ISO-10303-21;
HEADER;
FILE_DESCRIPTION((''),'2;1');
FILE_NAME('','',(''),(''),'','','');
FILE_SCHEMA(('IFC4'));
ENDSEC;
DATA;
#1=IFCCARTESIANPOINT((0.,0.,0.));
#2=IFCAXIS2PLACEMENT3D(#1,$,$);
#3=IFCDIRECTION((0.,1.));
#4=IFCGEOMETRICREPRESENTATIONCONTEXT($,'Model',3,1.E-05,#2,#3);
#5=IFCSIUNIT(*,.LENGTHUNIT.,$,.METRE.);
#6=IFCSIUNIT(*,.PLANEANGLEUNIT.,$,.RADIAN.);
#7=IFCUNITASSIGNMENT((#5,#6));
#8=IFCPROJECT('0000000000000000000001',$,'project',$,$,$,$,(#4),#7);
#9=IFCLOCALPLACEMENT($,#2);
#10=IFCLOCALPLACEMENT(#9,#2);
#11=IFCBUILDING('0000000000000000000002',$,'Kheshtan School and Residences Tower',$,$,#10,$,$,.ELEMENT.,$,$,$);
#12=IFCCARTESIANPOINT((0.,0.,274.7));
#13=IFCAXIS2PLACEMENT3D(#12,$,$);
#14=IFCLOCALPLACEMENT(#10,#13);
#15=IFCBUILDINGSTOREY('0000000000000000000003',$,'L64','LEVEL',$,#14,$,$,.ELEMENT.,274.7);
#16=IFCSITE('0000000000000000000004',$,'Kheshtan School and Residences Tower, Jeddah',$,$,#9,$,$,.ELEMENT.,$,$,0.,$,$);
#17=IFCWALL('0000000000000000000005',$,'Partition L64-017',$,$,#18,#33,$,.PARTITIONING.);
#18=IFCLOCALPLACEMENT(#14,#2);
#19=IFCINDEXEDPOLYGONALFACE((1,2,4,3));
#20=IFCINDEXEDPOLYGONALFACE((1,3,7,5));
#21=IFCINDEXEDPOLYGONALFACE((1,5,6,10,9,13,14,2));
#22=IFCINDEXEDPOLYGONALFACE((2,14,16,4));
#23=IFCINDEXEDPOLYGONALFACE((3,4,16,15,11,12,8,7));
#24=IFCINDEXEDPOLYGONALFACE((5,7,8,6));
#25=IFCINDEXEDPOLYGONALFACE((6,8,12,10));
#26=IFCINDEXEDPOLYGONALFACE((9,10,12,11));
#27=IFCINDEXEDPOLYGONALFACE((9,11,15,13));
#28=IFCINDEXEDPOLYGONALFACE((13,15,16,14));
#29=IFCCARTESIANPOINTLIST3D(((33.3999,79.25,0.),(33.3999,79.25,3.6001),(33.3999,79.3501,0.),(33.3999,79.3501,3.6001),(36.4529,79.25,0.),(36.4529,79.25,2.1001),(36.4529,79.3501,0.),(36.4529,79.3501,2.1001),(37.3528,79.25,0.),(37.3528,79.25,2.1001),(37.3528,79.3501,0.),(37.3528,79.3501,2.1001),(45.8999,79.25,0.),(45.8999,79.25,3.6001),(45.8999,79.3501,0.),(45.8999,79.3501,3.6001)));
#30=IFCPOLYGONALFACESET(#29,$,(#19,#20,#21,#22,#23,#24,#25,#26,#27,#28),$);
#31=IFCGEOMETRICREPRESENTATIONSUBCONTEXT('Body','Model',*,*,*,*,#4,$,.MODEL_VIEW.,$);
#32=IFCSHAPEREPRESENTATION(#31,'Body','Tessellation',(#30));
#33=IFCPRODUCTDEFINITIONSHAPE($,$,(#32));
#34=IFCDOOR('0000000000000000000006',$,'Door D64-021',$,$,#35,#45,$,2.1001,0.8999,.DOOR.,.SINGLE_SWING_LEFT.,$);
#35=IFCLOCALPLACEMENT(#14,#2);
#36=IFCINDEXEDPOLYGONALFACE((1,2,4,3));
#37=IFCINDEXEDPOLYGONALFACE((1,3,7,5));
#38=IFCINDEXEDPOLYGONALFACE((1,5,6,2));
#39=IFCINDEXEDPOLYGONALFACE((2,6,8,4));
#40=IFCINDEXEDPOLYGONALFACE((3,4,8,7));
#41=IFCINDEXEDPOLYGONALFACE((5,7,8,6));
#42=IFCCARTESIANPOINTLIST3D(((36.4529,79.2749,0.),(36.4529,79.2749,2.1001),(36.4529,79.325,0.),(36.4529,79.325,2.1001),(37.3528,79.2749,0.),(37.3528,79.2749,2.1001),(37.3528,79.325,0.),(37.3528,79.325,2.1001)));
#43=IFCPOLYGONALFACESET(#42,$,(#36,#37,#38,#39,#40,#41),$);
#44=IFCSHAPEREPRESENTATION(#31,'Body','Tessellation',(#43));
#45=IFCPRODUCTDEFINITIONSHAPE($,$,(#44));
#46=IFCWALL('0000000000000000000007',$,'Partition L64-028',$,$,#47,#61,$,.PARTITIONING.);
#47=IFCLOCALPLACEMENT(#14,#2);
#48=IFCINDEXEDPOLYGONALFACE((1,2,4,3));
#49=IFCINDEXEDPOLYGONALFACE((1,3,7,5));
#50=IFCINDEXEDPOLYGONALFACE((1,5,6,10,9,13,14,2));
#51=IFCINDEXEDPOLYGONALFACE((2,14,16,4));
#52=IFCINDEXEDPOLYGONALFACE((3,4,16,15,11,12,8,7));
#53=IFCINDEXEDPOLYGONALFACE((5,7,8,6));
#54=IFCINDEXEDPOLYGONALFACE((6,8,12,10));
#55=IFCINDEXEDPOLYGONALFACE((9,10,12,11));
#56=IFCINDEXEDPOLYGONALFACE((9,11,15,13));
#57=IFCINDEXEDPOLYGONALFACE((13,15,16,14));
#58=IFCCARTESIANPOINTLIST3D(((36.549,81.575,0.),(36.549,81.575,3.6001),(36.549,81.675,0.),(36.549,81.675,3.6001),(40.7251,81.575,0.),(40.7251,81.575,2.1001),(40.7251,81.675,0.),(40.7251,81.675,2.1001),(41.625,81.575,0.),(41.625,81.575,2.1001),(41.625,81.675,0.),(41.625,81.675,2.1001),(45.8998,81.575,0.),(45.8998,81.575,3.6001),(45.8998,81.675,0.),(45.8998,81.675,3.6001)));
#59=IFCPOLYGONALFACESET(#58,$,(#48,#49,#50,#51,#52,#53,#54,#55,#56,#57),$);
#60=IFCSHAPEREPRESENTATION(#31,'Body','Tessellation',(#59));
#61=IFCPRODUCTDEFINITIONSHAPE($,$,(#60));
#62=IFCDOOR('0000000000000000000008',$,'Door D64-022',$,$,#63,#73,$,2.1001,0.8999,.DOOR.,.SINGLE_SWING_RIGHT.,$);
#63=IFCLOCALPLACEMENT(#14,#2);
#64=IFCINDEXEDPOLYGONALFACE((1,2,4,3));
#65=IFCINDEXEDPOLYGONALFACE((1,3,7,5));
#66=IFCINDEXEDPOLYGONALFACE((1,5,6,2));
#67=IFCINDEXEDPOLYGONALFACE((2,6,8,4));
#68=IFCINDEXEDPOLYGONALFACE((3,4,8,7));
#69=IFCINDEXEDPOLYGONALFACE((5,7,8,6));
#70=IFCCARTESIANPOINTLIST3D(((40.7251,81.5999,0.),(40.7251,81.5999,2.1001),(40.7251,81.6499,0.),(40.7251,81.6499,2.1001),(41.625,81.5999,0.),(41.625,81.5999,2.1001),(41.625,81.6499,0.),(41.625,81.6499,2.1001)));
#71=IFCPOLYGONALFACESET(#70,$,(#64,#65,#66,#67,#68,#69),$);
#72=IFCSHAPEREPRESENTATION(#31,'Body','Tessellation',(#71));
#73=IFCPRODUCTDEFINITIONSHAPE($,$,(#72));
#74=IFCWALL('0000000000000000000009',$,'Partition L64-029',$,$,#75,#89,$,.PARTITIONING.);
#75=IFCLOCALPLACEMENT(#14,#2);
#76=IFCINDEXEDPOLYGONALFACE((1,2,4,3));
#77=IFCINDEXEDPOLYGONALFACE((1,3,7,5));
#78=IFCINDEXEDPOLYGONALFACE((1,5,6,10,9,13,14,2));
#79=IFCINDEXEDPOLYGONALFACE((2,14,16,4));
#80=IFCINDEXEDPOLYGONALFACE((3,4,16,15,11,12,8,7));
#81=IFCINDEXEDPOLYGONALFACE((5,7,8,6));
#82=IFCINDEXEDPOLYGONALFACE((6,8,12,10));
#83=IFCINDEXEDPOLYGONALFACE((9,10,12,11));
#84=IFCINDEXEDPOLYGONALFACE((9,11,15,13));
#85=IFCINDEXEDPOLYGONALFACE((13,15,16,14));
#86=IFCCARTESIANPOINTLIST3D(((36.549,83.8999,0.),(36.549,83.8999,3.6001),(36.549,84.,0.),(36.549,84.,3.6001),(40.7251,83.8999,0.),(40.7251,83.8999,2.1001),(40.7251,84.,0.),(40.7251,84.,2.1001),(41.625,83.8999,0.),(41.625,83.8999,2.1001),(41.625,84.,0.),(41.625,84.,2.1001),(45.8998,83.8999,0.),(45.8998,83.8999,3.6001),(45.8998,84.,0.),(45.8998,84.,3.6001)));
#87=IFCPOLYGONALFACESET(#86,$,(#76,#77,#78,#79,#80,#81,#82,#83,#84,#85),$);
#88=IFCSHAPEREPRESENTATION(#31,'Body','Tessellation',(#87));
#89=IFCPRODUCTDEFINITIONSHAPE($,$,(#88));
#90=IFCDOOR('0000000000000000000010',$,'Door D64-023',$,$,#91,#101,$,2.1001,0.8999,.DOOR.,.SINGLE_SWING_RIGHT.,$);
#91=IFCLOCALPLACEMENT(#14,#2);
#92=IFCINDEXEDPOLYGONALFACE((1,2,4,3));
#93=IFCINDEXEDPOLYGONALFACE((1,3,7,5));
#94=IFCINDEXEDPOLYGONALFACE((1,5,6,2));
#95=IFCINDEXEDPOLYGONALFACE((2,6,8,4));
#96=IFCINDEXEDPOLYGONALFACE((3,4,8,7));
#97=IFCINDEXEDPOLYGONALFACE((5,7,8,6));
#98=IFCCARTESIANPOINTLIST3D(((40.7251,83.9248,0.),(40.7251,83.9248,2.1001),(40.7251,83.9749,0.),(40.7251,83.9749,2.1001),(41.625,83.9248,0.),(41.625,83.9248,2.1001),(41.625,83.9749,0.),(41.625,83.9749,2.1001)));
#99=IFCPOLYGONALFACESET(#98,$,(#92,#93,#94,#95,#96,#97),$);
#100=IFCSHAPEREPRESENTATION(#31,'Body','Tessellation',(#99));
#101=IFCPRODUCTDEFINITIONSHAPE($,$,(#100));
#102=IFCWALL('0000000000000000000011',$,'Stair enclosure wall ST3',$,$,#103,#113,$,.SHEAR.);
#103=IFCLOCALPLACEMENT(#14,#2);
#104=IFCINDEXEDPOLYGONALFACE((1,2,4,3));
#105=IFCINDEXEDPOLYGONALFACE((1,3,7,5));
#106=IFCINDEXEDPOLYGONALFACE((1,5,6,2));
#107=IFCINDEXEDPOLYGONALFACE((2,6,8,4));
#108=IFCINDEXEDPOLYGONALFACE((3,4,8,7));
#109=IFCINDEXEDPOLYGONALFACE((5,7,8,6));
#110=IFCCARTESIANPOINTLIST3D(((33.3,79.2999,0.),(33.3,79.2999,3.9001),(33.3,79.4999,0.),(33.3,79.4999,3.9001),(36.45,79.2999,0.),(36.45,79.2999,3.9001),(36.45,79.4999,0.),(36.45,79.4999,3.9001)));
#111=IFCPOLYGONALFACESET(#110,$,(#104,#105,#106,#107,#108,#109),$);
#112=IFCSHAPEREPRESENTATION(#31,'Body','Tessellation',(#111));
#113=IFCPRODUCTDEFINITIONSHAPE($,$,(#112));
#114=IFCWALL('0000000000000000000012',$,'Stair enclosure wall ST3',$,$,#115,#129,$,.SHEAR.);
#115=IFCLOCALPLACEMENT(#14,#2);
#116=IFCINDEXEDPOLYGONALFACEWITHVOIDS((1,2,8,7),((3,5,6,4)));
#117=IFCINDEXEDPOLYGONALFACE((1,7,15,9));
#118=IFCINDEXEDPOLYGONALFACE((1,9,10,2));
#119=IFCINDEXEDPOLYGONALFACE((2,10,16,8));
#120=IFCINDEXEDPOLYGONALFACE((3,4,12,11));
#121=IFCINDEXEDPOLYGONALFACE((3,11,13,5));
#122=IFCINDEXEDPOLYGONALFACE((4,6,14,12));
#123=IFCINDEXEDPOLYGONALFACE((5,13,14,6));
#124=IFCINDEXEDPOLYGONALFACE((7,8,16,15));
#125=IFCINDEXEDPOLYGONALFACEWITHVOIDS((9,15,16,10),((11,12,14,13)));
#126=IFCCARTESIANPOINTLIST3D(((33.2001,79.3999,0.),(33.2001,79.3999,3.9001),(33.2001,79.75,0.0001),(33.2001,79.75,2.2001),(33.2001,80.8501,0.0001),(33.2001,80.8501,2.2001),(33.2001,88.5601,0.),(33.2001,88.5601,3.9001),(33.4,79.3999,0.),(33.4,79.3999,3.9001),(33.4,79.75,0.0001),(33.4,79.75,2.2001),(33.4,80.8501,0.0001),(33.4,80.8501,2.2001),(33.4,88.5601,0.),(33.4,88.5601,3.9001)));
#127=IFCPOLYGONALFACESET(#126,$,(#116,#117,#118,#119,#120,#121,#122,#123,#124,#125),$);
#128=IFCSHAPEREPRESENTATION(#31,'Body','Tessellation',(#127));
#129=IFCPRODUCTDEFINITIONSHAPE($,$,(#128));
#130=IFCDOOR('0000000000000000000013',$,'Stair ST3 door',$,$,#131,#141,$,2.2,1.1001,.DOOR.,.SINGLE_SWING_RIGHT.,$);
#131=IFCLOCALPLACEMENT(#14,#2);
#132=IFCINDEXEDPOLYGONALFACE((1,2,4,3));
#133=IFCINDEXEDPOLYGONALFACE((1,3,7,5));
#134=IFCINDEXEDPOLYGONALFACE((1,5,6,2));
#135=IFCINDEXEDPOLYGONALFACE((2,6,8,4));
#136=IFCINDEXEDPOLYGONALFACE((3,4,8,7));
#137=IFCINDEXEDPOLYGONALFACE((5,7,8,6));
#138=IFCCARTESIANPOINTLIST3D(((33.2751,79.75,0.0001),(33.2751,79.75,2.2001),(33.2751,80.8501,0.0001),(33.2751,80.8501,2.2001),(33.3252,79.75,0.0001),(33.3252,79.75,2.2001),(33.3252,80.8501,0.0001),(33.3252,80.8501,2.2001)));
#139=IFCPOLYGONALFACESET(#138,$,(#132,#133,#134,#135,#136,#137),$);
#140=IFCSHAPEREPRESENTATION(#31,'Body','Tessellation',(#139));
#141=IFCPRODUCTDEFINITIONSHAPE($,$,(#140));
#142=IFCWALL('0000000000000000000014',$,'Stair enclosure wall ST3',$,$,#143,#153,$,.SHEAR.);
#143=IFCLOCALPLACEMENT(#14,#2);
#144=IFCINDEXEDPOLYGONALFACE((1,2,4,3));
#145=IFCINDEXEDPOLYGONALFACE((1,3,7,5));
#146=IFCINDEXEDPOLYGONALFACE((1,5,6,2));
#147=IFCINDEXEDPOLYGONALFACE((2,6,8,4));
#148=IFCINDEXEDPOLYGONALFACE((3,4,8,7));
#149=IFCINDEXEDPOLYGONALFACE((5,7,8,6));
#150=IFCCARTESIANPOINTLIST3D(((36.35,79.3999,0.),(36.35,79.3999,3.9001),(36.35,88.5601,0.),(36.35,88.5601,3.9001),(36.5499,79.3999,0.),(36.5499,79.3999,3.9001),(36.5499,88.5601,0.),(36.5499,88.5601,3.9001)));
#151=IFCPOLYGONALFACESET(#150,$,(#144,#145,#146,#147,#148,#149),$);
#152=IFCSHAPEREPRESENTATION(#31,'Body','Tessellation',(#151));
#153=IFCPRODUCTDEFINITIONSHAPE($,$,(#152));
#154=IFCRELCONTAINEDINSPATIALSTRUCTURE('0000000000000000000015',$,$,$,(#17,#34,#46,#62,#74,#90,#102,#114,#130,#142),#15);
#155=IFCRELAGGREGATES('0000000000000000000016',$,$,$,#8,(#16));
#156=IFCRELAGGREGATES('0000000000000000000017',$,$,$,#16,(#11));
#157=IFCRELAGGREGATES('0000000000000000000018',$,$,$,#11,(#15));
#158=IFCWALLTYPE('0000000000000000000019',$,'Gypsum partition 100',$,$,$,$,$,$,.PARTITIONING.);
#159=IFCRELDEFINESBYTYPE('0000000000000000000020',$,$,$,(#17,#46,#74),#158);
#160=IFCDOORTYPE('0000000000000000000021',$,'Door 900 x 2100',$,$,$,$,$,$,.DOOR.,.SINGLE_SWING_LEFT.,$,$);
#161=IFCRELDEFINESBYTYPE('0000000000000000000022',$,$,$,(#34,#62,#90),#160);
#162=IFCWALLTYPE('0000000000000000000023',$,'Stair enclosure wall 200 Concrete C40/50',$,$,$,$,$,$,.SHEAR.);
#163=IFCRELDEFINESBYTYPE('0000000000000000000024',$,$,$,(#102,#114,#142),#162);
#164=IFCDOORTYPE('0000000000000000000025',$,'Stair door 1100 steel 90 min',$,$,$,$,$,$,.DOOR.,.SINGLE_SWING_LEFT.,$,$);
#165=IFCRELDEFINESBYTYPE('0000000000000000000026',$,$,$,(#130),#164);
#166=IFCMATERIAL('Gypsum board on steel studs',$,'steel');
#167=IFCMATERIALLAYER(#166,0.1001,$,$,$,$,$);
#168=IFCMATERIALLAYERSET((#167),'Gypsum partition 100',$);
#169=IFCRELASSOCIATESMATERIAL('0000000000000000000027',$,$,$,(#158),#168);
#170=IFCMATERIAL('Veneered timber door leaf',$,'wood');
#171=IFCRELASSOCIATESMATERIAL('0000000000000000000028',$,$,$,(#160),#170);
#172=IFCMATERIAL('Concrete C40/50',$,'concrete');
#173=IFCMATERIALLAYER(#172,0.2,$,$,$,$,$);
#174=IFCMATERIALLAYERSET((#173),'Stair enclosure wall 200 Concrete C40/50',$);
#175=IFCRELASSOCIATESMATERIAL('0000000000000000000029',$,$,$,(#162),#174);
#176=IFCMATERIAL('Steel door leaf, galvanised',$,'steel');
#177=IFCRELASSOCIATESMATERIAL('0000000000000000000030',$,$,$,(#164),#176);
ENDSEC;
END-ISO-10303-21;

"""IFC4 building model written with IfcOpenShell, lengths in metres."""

from ifc_helpers import new_model, si_unit, direction, frame, frame_2d, origin, place, context, subcontext, project, spatial, rectangle, extrude, source, transform, mapped, material, layer, layer_set, type_object, element, fill, save


model = new_model("IFC4")

# Units and contexts
model_context = context("Model", 3, precision=1e-05, world=origin(), true_north=direction((0.0, 1.0)))
body_context = subcontext(model_context, "Body", "Model", "MODEL_VIEW")
ifc_project = project(units=[si_unit("LENGTHUNIT", "METRE"), si_unit("PLANEANGLEUNIT", "RADIAN")], contexts=[model_context])

# Site, building, storey
site_placement = place(None, origin())
site = spatial("IfcSite", under=ifc_project, at=site_placement, Name="Kheshtan School and Residences Tower, Jeddah", CompositionType="ELEMENT", RefElevation=0.0)
building_placement = place(site_placement, origin())
building = spatial("IfcBuilding", under=site, at=building_placement, Name="Kheshtan School and Residences Tower", CompositionType="ELEMENT")
storey_placement = place(building_placement, frame((0.0, 0.0, 274.7)))
storey = spatial("IfcBuildingStorey", under=building, at=storey_placement, Name="L64", Description="LEVEL", CompositionType="ELEMENT", Elevation=274.7)

# Walls, openings, doors
ifc_material_1 = material(Name="Gypsum board on steel studs", Category="steel")
ifc_layer_1 = layer(ifc_material_1, 0.1001)
ifc_layer_set_1 = layer_set([ifc_layer_1], Name="Gypsum partition 100")
wall_type_1 = type_object("IfcWallType", Name="Gypsum partition 100", PredefinedType="PARTITIONING", material=ifc_layer_set_1)
wall_1_placement = place(storey_placement, frame((33.3999, 79.3, 0.0), z_axis=(0.0, 0.0, 1.0), x_axis=(1.0, 0.0, 0.0)))
wall_1 = element("IfcWall", 1, at=wall_1_placement, inside=storey, type_object=wall_type_1, Name="Partition L64-017", PredefinedType="PARTITIONING", context=body_context, shape_type="SweptSolid", body=[
    extrude(rectangle(XDim=12.5, YDim=0.1001, at=frame_2d((6.25, 0.0))), origin(), (0.0, 0.0, 1.0), 3.6001),
])
opening_1_placement = place(wall_1_placement, frame((3.053, 0.0, 0.0)))
opening_1 = element("IfcOpeningElement", 2, at=opening_1_placement, cuts=wall_1, PredefinedType="OPENING", context=body_context, shape_type="SweptSolid", body=[
    extrude(rectangle(XDim=0.8999, YDim=2.1001, at=frame_2d((0.45, 1.05))), frame((0.0, 0.0601, 0.0), z_axis=(0.0, -1.0, 0.0), x_axis=(1.0, 0.0, 0.0)), (0.0, 0.0, 1.0), 0.1201),
])
ifc_material_2 = material(Name="Veneered timber door leaf", Category="wood")
door_type_1 = type_object("IfcDoorType", Name="Door 900 x 2100", OperationType="SINGLE_SWING_LEFT", PredefinedType="DOOR", material=ifc_material_2)
shared_shape_1 = source(origin(), body_context, "Body", "SweptSolid", [
    extrude(rectangle(XDim=0.8999, YDim=2.1001, at=frame_2d((0.45, 1.05))), frame((0.0, 0.0249, 0.0), z_axis=(0.0, -1.0, 0.0), x_axis=(1.0, 0.0, 0.0)), (0.0, 0.0, 1.0), 0.05),
])
door_1_placement = place(opening_1_placement, origin())
door_1 = element("IfcDoor", 3, at=door_1_placement, inside=storey, type_object=door_type_1, Name="Door D64-021", OperationType="SINGLE_SWING_LEFT", OverallHeight=2.1001, OverallWidth=0.8999, PredefinedType="DOOR", context=body_context, shape_type="MappedRepresentation", body=[
    mapped(shared_shape_1, transform((0.0, 0.0, 0.0), x_axis=(1.0, 0.0, 0.0), y_axis=(0.0, 1.0, 0.0), z_axis=(0.0, 0.0, 1.0), scale=1.0)),
])
fill(opening_1, door_1)
wall_2_placement = place(storey_placement, frame((36.5491, 81.625, 0.0), z_axis=(0.0, 0.0, 1.0), x_axis=(1.0, 0.0, 0.0)))
wall_2 = element("IfcWall", 4, at=wall_2_placement, inside=storey, type_object=wall_type_1, Name="Partition L64-028", PredefinedType="PARTITIONING", context=body_context, shape_type="SweptSolid", body=[
    extrude(rectangle(XDim=9.3508, YDim=0.1001, at=frame_2d((4.6753, 0.0))), origin(), (0.0, 0.0, 1.0), 3.6001),
])
opening_2_placement = place(wall_2_placement, frame((4.176, 0.0, 0.0)))
opening_2 = element("IfcOpeningElement", 5, at=opening_2_placement, cuts=wall_2, PredefinedType="OPENING", context=body_context, shape_type="SweptSolid", body=[
    extrude(rectangle(XDim=0.8999, YDim=2.1001, at=frame_2d((0.45, 1.05))), frame((0.0, 0.0601, 0.0), z_axis=(0.0, -1.0, 0.0), x_axis=(1.0, 0.0, 0.0)), (0.0, 0.0, 1.0), 0.1201),
])
door_2_placement = place(opening_2_placement, origin())
door_2 = element("IfcDoor", 6, at=door_2_placement, inside=storey, type_object=door_type_1, Name="Door D64-022", OperationType="SINGLE_SWING_RIGHT", OverallHeight=2.1001, OverallWidth=0.8999, PredefinedType="DOOR", context=body_context, shape_type="MappedRepresentation", body=[
    mapped(shared_shape_1, transform((0.0, 0.0, 0.0), x_axis=(1.0, 0.0, 0.0), y_axis=(0.0, 1.0, 0.0), z_axis=(0.0, 0.0, 1.0), scale=1.0)),
])
fill(opening_2, door_2)
wall_3_placement = place(storey_placement, frame((36.5491, 83.95, 0.0), z_axis=(0.0, 0.0, 1.0), x_axis=(1.0, 0.0, 0.0)))
wall_3 = element("IfcWall", 7, at=wall_3_placement, inside=storey, type_object=wall_type_1, Name="Partition L64-029", PredefinedType="PARTITIONING", context=body_context, shape_type="SweptSolid", body=[
    extrude(rectangle(XDim=9.3508, YDim=0.1001, at=frame_2d((4.6753, 0.0))), origin(), (0.0, 0.0, 1.0), 3.6001),
])
opening_3_placement = place(wall_3_placement, frame((4.176, 0.0, 0.0)))
opening_3 = element("IfcOpeningElement", 8, at=opening_3_placement, cuts=wall_3, PredefinedType="OPENING", context=body_context, shape_type="SweptSolid", body=[
    extrude(rectangle(XDim=0.8999, YDim=2.1001, at=frame_2d((0.45, 1.05))), frame((0.0, 0.0601, 0.0), z_axis=(0.0, -1.0, 0.0), x_axis=(1.0, 0.0, 0.0)), (0.0, 0.0, 1.0), 0.1201),
])
door_3_placement = place(opening_3_placement, origin())
door_3 = element("IfcDoor", 9, at=door_3_placement, inside=storey, type_object=door_type_1, Name="Door D64-023", OperationType="SINGLE_SWING_RIGHT", OverallHeight=2.1001, OverallWidth=0.8999, PredefinedType="DOOR", context=body_context, shape_type="MappedRepresentation", body=[
    mapped(shared_shape_1, transform((0.0, 0.0, 0.0), x_axis=(1.0, 0.0, 0.0), y_axis=(0.0, 1.0, 0.0), z_axis=(0.0, 0.0, 1.0), scale=1.0)),
])
fill(opening_3, door_3)

# Wall
ifc_material_3 = material(Name="Concrete C40/50", Category="concrete")
ifc_layer_2 = layer(ifc_material_3, 0.2)
ifc_layer_set_2 = layer_set([ifc_layer_2], Name="Stair enclosure wall 200 Concrete C40/50")
wall_type_2 = type_object("IfcWallType", Name="Stair enclosure wall 200 Concrete C40/50", PredefinedType="SHEAR", material=ifc_layer_set_2)
wall_4_placement = place(storey_placement, frame((33.3, 79.3999, 0.0), z_axis=(0.0, 0.0, 1.0), x_axis=(1.0, 0.0, 0.0)))
element("IfcWall", 10, at=wall_4_placement, inside=storey, type_object=wall_type_2, Name="Stair enclosure wall ST3", PredefinedType="SHEAR", context=body_context, shape_type="SweptSolid", body=[
    extrude(rectangle(XDim=3.1499, YDim=0.2, at=frame_2d((1.575, 0.0))), origin(), (0.0, 0.0, 1.0), 3.9001),
])

# Wall, opening, door
wall_5_placement = place(storey_placement, frame((33.3, 79.3999, 0.0), z_axis=(0.0, 0.0, 1.0), x_axis=(0.0, 1.0, 0.0)))
wall_5 = element("IfcWall", 11, at=wall_5_placement, inside=storey, type_object=wall_type_2, Name="Stair enclosure wall ST3", PredefinedType="SHEAR", context=body_context, shape_type="SweptSolid", body=[
    extrude(rectangle(XDim=9.1602, YDim=0.2, at=frame_2d((4.5801, 0.0))), origin(), (0.0, 0.0, 1.0), 3.9001),
])
opening_4_placement = place(wall_5_placement, frame((0.3501, 0.0, 0.0)))
opening_4 = element("IfcOpeningElement", 12, at=opening_4_placement, cuts=wall_5, PredefinedType="OPENING", context=body_context, shape_type="SweptSolid", body=[
    extrude(rectangle(XDim=1.1001, YDim=2.2, at=frame_2d((0.55, 1.1001))), frame((0.0, 0.1099, 0.0), z_axis=(0.0, -1.0, 0.0), x_axis=(1.0, 0.0, 0.0)), (0.0, 0.0, 1.0), 0.22),
])
ifc_material_4 = material(Name="Steel door leaf, galvanised", Category="steel")
door_type_2 = type_object("IfcDoorType", Name="Stair door 1100 steel 90 min", OperationType="SINGLE_SWING_LEFT", PredefinedType="DOOR", material=ifc_material_4)
shared_shape_2 = source(origin(), body_context, "Body", "SweptSolid", [
    extrude(rectangle(XDim=1.1001, YDim=2.2, at=frame_2d((0.55, 1.1001))), frame((0.0, 0.0249, 0.0), z_axis=(0.0, -1.0, 0.0), x_axis=(1.0, 0.0, 0.0)), (0.0, 0.0, 1.0), 0.05),
])
door_4_placement = place(opening_4_placement, origin())
door_4 = element("IfcDoor", 13, at=door_4_placement, inside=storey, type_object=door_type_2, Name="Stair ST3 door", OperationType="SINGLE_SWING_RIGHT", OverallHeight=2.2, OverallWidth=1.1001, PredefinedType="DOOR", context=body_context, shape_type="MappedRepresentation", body=[
    mapped(shared_shape_2, transform((0.0, 0.0, 0.0), x_axis=(1.0, 0.0, 0.0), y_axis=(0.0, 1.0, 0.0), z_axis=(0.0, 0.0, 1.0), scale=1.0)),
])
fill(opening_4, door_4)

# Wall
wall_6_placement = place(storey_placement, frame((36.45, 79.3999, 0.0), z_axis=(0.0, 0.0, 1.0), x_axis=(0.0, 1.0, 0.0)))
element("IfcWall", 14, at=wall_6_placement, inside=storey, type_object=wall_type_2, Name="Stair enclosure wall ST3", PredefinedType="SHEAR", context=body_context, shape_type="SweptSolid", body=[
    extrude(rectangle(XDim=9.1602, YDim=0.2, at=frame_2d((4.5801, 0.0))), origin(), (0.0, 0.0, 1.0), 3.9001),
])

save(model, "model.ifc")
